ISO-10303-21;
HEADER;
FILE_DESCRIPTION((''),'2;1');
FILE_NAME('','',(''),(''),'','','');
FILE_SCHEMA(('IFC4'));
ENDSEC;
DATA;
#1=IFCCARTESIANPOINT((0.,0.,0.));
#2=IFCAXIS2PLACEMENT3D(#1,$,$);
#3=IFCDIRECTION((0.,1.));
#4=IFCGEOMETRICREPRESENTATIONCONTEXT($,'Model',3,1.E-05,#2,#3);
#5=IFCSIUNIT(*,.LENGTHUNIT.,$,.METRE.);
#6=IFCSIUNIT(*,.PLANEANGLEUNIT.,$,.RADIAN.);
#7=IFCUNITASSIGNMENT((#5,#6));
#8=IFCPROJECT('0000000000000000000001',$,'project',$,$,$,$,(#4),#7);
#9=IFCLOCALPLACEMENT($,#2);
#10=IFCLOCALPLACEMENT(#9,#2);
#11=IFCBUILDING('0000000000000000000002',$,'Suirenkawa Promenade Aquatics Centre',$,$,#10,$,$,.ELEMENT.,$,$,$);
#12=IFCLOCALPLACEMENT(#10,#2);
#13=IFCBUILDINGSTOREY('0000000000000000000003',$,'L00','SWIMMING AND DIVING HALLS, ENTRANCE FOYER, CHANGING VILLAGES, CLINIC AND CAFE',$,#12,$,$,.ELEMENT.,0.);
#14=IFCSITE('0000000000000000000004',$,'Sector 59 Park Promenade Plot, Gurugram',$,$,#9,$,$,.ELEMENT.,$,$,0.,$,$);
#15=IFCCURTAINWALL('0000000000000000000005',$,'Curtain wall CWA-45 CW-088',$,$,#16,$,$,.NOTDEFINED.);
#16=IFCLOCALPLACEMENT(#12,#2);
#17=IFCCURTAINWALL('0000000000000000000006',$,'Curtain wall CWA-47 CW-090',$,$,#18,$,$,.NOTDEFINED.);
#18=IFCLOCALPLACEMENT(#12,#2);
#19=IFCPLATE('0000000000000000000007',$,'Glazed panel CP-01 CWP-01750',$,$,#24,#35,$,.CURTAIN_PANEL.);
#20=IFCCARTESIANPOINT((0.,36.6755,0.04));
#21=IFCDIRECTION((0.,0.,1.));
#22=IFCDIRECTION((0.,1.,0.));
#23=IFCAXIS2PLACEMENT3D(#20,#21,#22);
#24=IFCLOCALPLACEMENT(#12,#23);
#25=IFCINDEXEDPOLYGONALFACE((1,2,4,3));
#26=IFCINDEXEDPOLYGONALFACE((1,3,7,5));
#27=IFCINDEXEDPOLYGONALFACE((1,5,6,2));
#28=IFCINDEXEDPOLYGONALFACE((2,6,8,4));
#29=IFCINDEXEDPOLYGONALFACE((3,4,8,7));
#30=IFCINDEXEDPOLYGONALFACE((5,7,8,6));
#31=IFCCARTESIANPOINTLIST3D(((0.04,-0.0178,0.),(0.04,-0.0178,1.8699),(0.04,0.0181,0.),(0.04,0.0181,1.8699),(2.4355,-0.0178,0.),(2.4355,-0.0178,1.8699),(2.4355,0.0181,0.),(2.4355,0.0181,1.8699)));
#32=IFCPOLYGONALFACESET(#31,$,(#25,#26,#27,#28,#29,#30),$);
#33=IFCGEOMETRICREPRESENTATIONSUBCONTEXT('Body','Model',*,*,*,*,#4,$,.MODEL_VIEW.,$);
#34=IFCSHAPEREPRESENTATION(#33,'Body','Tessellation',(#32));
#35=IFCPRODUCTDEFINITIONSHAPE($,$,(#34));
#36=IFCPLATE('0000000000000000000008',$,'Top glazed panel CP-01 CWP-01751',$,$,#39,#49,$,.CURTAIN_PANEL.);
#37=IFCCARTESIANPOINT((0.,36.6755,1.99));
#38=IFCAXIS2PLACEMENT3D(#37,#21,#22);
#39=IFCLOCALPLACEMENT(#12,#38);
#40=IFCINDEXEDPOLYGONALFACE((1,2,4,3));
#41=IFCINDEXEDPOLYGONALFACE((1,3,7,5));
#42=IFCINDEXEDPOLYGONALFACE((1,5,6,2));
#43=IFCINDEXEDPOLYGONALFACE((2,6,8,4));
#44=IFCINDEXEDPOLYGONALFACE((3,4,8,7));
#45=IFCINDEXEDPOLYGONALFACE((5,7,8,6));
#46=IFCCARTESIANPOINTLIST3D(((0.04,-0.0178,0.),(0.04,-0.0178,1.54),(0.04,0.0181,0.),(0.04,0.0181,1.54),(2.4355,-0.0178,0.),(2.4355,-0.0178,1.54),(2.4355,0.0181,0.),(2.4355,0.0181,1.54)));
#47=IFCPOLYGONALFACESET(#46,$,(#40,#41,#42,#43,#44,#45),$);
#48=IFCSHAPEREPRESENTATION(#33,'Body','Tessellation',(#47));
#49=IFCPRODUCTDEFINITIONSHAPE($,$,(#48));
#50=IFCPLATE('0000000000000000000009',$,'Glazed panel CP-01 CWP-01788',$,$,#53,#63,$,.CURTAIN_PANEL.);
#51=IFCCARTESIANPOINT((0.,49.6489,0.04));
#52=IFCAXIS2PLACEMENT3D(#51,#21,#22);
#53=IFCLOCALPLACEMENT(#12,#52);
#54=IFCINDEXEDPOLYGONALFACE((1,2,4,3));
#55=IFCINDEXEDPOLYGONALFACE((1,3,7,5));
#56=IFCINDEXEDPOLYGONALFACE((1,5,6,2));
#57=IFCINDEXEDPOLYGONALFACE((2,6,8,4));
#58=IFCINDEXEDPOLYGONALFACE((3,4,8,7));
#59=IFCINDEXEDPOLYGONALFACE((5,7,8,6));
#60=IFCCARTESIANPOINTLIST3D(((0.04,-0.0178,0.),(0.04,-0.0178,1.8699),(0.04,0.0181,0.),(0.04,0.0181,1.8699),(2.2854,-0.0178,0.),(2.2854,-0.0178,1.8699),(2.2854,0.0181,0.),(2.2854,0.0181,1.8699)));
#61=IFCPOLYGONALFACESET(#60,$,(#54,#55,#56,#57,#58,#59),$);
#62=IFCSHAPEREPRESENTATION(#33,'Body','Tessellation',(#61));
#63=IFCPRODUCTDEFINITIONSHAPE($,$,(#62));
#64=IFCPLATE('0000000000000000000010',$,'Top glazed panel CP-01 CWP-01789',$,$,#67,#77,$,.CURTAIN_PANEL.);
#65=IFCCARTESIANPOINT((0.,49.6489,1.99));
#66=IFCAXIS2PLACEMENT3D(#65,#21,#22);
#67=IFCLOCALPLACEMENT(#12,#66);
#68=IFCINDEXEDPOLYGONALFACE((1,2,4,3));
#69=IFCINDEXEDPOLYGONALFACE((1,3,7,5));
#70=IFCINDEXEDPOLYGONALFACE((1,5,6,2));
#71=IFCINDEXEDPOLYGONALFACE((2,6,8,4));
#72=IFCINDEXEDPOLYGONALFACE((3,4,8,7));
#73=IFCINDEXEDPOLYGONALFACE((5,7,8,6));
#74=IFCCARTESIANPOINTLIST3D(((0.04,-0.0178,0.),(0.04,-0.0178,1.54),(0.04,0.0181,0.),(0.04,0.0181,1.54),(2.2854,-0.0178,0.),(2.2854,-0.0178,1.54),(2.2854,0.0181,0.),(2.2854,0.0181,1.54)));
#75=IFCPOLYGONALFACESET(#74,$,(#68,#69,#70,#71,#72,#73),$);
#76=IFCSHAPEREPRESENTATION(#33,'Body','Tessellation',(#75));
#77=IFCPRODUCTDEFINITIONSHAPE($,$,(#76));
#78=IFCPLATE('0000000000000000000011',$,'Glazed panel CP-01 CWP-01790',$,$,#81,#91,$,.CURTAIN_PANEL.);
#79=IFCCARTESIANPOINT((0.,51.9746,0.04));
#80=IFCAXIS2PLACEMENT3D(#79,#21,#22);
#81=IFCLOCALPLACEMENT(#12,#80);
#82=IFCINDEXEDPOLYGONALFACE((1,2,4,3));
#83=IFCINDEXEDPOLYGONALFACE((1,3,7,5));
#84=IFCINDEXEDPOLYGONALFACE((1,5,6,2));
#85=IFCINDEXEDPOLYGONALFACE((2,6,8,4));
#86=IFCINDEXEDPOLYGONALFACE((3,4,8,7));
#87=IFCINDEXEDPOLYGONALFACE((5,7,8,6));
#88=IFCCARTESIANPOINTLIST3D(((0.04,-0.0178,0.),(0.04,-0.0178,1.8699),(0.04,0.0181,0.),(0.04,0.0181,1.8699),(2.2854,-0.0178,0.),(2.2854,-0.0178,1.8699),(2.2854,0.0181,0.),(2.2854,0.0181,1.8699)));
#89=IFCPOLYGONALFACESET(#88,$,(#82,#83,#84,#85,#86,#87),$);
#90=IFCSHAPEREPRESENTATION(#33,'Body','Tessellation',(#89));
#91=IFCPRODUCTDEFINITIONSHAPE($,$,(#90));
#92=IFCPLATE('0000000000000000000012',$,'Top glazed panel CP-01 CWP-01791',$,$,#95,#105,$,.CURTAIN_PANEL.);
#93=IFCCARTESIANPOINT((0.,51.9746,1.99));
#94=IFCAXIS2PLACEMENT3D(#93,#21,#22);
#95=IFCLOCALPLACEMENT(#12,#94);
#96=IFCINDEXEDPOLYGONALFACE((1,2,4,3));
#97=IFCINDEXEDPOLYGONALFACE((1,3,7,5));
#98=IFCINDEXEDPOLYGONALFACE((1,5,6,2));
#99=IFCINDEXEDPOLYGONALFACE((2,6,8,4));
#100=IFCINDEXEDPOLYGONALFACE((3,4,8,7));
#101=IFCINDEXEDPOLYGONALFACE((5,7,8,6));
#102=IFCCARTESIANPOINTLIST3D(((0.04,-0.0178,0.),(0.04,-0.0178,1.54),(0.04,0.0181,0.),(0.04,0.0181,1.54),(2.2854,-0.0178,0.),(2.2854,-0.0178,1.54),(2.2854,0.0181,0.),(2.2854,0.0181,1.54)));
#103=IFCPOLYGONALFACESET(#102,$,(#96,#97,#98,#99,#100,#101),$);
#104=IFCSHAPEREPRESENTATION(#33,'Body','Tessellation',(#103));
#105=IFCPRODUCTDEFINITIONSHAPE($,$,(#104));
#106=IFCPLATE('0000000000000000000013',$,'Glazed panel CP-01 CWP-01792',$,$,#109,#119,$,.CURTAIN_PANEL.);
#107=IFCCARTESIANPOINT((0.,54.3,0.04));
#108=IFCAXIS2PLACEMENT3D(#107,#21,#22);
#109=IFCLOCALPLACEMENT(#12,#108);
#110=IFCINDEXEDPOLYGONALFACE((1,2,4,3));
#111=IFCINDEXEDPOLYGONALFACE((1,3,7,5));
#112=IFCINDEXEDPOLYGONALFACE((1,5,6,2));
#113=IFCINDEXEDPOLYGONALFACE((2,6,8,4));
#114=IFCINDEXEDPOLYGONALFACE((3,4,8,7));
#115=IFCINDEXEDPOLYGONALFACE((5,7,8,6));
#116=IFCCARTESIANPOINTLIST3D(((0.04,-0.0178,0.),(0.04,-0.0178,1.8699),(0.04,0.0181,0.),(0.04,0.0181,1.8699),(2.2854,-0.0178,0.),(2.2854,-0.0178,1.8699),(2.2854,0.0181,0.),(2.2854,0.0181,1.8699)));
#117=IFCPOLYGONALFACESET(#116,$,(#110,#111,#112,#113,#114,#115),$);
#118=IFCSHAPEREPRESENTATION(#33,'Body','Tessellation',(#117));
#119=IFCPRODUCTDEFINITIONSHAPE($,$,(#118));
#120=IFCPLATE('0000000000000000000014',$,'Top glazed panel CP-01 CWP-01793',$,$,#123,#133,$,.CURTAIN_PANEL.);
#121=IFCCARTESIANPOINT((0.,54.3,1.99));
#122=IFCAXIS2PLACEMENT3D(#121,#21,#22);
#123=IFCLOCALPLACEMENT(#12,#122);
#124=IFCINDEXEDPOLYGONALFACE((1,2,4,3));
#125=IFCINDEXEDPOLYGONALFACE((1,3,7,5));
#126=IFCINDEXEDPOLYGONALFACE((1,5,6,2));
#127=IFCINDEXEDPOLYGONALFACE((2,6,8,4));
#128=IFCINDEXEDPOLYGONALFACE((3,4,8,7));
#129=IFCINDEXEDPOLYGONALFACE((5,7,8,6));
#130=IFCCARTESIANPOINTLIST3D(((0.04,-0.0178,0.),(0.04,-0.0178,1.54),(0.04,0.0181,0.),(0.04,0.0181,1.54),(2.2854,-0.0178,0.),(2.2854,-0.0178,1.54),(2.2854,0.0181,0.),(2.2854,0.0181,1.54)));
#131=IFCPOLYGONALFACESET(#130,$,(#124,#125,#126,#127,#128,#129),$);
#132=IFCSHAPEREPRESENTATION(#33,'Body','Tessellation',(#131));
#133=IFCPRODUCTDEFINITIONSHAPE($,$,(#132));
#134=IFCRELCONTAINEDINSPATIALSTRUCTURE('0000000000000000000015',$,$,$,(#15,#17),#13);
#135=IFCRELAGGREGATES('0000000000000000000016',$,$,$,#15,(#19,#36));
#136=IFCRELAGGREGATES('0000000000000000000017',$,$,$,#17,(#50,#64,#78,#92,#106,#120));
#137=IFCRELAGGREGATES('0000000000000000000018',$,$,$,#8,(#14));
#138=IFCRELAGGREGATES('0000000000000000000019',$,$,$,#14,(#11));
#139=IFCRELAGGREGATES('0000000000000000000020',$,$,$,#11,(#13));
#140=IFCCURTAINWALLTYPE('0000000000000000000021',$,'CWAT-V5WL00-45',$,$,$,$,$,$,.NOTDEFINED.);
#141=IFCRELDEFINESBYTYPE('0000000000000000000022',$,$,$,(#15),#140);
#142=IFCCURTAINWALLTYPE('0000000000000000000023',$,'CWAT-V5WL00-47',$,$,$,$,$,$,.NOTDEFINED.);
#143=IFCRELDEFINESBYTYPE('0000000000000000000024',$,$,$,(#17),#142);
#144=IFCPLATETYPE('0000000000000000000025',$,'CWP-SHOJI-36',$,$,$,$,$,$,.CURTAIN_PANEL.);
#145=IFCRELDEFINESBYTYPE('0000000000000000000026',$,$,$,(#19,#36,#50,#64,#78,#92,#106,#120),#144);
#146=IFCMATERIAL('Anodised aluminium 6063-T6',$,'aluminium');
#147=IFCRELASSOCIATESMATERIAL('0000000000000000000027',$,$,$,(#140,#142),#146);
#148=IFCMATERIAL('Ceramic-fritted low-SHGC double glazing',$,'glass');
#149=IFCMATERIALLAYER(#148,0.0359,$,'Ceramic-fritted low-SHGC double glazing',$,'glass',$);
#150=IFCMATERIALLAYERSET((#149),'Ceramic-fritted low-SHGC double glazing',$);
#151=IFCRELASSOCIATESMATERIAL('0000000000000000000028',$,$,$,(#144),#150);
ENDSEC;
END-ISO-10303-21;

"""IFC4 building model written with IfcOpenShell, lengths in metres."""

from ifc_helpers import new_model, si_unit, direction, frame, origin, place, context, subcontext, project, spatial, polyline, outline, extrude, material, layer, layer_set, type_object, element, aggregate, save


model = new_model("IFC4")

# Units and contexts
model_context = context("Model", 3, precision=1e-05, world=origin(), true_north=direction((0.0, 1.0)))
body_context = subcontext(model_context, "Body", "Model", "MODEL_VIEW")
ifc_project = project(units=[si_unit("LENGTHUNIT", "METRE"), si_unit("PLANEANGLEUNIT", "RADIAN")], contexts=[model_context])

# Site, building, storey
site_placement = place(None, origin())
site = spatial("IfcSite", under=ifc_project, at=site_placement, Name="Sector 59 Park Promenade Plot, Gurugram", CompositionType="ELEMENT", RefElevation=0.0)
building_placement = place(site_placement, origin())
building = spatial("IfcBuilding", under=site, at=building_placement, Name="Suirenkawa Promenade Aquatics Centre", CompositionType="ELEMENT")
storey_placement = place(building_placement, origin())
storey = spatial("IfcBuildingStorey", under=building, at=storey_placement, Name="L00", Description="SWIMMING AND DIVING HALLS, ENTRANCE FOYER, CHANGING VILLAGES, CLINIC AND CAFE", CompositionType="ELEMENT", Elevation=0.0)

# Curtain walls
ifc_material_1 = material(Name="Anodised aluminium 6063-T6", Category="aluminium")
curtain_wall_type_1 = type_object("IfcCurtainWallType", Name="CWAT-V5WL00-45", PredefinedType="NOTDEFINED", material=ifc_material_1)
curtain_wall_1_placement = place(storey_placement, origin())
curtain_wall_1 = element("IfcCurtainWall", 1, at=curtain_wall_1_placement, inside=storey, type_object=curtain_wall_type_1, Name="Curtain wall CWA-45 CW-088", PredefinedType="NOTDEFINED")
curtain_wall_type_2 = type_object("IfcCurtainWallType", Name="CWAT-V5WL00-47", PredefinedType="NOTDEFINED", material=ifc_material_1)
curtain_wall_2_placement = place(storey_placement, origin())
curtain_wall_2 = element("IfcCurtainWall", 2, at=curtain_wall_2_placement, inside=storey, type_object=curtain_wall_type_2, Name="Curtain wall CWA-47 CW-090", PredefinedType="NOTDEFINED")

# Plates
ifc_material_2 = material(Name="Ceramic-fritted low-SHGC double glazing", Category="glass")
ifc_layer_1 = layer(ifc_material_2, 0.0359, Name="Ceramic-fritted low-SHGC double glazing", Category="glass")
ifc_layer_set_1 = layer_set([ifc_layer_1], Name="Ceramic-fritted low-SHGC double glazing")
plate_type = type_object("IfcPlateType", Name="CWP-SHOJI-36", PredefinedType="CURTAIN_PANEL", material=ifc_layer_set_1)
plate_1_placement = place(storey_placement, frame((0.0, 36.6755, 0.04), z_axis=(0.0, 0.0, 1.0), x_axis=(0.0, 1.0, 0.0)))
plate_1 = element("IfcPlate", 3, at=plate_1_placement, type_object=plate_type, Name="Glazed panel CP-01 CWP-01750", PredefinedType="CURTAIN_PANEL", context=body_context, shape_type="SweptSolid", body=[
    extrude(outline(polyline([(0.04, 0.0), (2.4355, 0.0), (2.4355, 1.8699), (0.04, 1.8699), (0.04, 0.0)])), frame((0.0, 0.0181, 0.0), z_axis=(0.0, -1.0, 0.0), x_axis=(1.0, 0.0, 0.0)), (0.0, 0.0, 1.0), 0.0359),
])
plate_2_placement = place(storey_placement, frame((0.0, 36.6755, 1.99), z_axis=(0.0, 0.0, 1.0), x_axis=(0.0, 1.0, 0.0)))
plate_2 = element("IfcPlate", 4, at=plate_2_placement, type_object=plate_type, Name="Top glazed panel CP-01 CWP-01751", PredefinedType="CURTAIN_PANEL", context=body_context, shape_type="SweptSolid", body=[
    extrude(outline(polyline([(0.04, 0.0), (2.4355, 0.0), (2.4355, 1.54), (0.04, 1.54), (0.04, 0.0)])), frame((0.0, 0.0181, 0.0), z_axis=(0.0, -1.0, 0.0), x_axis=(1.0, 0.0, 0.0)), (0.0, 0.0, 1.0), 0.0359),
])
aggregate(curtain_wall_1, [plate_1, plate_2])
plate_3_placement = place(storey_placement, frame((0.0, 49.6489, 0.04), z_axis=(0.0, 0.0, 1.0), x_axis=(0.0, 1.0, 0.0)))
plate_3 = element("IfcPlate", 5, at=plate_3_placement, type_object=plate_type, Name="Glazed panel CP-01 CWP-01788", PredefinedType="CURTAIN_PANEL", context=body_context, shape_type="SweptSolid", body=[
    extrude(outline(polyline([(0.04, 0.0), (2.2854, 0.0), (2.2854, 1.8699), (0.04, 1.8699), (0.04, 0.0)])), frame((0.0, 0.0181, 0.0), z_axis=(0.0, -1.0, 0.0), x_axis=(1.0, 0.0, 0.0)), (0.0, 0.0, 1.0), 0.0359),
])
plate_4_placement = place(storey_placement, frame((0.0, 49.6489, 1.99), z_axis=(0.0, 0.0, 1.0), x_axis=(0.0, 1.0, 0.0)))
plate_4 = element("IfcPlate", 6, at=plate_4_placement, type_object=plate_type, Name="Top glazed panel CP-01 CWP-01789", PredefinedType="CURTAIN_PANEL", context=body_context, shape_type="SweptSolid", body=[
    extrude(outline(polyline([(0.04, 0.0), (2.2854, 0.0), (2.2854, 1.54), (0.04, 1.54), (0.04, 0.0)])), frame((0.0, 0.0181, 0.0), z_axis=(0.0, -1.0, 0.0), x_axis=(1.0, 0.0, 0.0)), (0.0, 0.0, 1.0), 0.0359),
])
plate_5_placement = place(storey_placement, frame((0.0, 51.9746, 0.04), z_axis=(0.0, 0.0, 1.0), x_axis=(0.0, 1.0, 0.0)))
plate_5 = element("IfcPlate", 7, at=plate_5_placement, type_object=plate_type, Name="Glazed panel CP-01 CWP-01790", PredefinedType="CURTAIN_PANEL", context=body_context, shape_type="SweptSolid", body=[
    extrude(outline(polyline([(0.04, 0.0), (2.2854, 0.0), (2.2854, 1.8699), (0.04, 1.8699), (0.04, 0.0)])), frame((0.0, 0.0181, 0.0), z_axis=(0.0, -1.0, 0.0), x_axis=(1.0, 0.0, 0.0)), (0.0, 0.0, 1.0), 0.0359),
])
plate_6_placement = place(storey_placement, frame((0.0, 51.9746, 1.99), z_axis=(0.0, 0.0, 1.0), x_axis=(0.0, 1.0, 0.0)))
plate_6 = element("IfcPlate", 8, at=plate_6_placement, type_object=plate_type, Name="Top glazed panel CP-01 CWP-01791", PredefinedType="CURTAIN_PANEL", context=body_context, shape_type="SweptSolid", body=[
    extrude(outline(polyline([(0.04, 0.0), (2.2854, 0.0), (2.2854, 1.54), (0.04, 1.54), (0.04, 0.0)])), frame((0.0, 0.0181, 0.0), z_axis=(0.0, -1.0, 0.0), x_axis=(1.0, 0.0, 0.0)), (0.0, 0.0, 1.0), 0.0359),
])
plate_7_placement = place(storey_placement, frame((0.0, 54.3, 0.04), z_axis=(0.0, 0.0, 1.0), x_axis=(0.0, 1.0, 0.0)))
plate_7 = element("IfcPlate", 9, at=plate_7_placement, type_object=plate_type, Name="Glazed panel CP-01 CWP-01792", PredefinedType="CURTAIN_PANEL", context=body_context, shape_type="SweptSolid", body=[
    extrude(outline(polyline([(0.04, 0.0), (2.2854, 0.0), (2.2854, 1.8699), (0.04, 1.8699), (0.04, 0.0)])), frame((0.0, 0.0181, 0.0), z_axis=(0.0, -1.0, 0.0), x_axis=(1.0, 0.0, 0.0)), (0.0, 0.0, 1.0), 0.0359),
])
plate_8_placement = place(storey_placement, frame((0.0, 54.3, 1.99), z_axis=(0.0, 0.0, 1.0), x_axis=(0.0, 1.0, 0.0)))
plate_8 = element("IfcPlate", 10, at=plate_8_placement, type_object=plate_type, Name="Top glazed panel CP-01 CWP-01793", PredefinedType="CURTAIN_PANEL", context=body_context, shape_type="SweptSolid", body=[
    extrude(outline(polyline([(0.04, 0.0), (2.2854, 0.0), (2.2854, 1.54), (0.04, 1.54), (0.04, 0.0)])), frame((0.0, 0.0181, 0.0), z_axis=(0.0, -1.0, 0.0), x_axis=(1.0, 0.0, 0.0)), (0.0, 0.0, 1.0), 0.0359),
])
aggregate(curtain_wall_2, [plate_3, plate_4, plate_5, plate_6, plate_7, plate_8])

save(model, "model.ifc")
